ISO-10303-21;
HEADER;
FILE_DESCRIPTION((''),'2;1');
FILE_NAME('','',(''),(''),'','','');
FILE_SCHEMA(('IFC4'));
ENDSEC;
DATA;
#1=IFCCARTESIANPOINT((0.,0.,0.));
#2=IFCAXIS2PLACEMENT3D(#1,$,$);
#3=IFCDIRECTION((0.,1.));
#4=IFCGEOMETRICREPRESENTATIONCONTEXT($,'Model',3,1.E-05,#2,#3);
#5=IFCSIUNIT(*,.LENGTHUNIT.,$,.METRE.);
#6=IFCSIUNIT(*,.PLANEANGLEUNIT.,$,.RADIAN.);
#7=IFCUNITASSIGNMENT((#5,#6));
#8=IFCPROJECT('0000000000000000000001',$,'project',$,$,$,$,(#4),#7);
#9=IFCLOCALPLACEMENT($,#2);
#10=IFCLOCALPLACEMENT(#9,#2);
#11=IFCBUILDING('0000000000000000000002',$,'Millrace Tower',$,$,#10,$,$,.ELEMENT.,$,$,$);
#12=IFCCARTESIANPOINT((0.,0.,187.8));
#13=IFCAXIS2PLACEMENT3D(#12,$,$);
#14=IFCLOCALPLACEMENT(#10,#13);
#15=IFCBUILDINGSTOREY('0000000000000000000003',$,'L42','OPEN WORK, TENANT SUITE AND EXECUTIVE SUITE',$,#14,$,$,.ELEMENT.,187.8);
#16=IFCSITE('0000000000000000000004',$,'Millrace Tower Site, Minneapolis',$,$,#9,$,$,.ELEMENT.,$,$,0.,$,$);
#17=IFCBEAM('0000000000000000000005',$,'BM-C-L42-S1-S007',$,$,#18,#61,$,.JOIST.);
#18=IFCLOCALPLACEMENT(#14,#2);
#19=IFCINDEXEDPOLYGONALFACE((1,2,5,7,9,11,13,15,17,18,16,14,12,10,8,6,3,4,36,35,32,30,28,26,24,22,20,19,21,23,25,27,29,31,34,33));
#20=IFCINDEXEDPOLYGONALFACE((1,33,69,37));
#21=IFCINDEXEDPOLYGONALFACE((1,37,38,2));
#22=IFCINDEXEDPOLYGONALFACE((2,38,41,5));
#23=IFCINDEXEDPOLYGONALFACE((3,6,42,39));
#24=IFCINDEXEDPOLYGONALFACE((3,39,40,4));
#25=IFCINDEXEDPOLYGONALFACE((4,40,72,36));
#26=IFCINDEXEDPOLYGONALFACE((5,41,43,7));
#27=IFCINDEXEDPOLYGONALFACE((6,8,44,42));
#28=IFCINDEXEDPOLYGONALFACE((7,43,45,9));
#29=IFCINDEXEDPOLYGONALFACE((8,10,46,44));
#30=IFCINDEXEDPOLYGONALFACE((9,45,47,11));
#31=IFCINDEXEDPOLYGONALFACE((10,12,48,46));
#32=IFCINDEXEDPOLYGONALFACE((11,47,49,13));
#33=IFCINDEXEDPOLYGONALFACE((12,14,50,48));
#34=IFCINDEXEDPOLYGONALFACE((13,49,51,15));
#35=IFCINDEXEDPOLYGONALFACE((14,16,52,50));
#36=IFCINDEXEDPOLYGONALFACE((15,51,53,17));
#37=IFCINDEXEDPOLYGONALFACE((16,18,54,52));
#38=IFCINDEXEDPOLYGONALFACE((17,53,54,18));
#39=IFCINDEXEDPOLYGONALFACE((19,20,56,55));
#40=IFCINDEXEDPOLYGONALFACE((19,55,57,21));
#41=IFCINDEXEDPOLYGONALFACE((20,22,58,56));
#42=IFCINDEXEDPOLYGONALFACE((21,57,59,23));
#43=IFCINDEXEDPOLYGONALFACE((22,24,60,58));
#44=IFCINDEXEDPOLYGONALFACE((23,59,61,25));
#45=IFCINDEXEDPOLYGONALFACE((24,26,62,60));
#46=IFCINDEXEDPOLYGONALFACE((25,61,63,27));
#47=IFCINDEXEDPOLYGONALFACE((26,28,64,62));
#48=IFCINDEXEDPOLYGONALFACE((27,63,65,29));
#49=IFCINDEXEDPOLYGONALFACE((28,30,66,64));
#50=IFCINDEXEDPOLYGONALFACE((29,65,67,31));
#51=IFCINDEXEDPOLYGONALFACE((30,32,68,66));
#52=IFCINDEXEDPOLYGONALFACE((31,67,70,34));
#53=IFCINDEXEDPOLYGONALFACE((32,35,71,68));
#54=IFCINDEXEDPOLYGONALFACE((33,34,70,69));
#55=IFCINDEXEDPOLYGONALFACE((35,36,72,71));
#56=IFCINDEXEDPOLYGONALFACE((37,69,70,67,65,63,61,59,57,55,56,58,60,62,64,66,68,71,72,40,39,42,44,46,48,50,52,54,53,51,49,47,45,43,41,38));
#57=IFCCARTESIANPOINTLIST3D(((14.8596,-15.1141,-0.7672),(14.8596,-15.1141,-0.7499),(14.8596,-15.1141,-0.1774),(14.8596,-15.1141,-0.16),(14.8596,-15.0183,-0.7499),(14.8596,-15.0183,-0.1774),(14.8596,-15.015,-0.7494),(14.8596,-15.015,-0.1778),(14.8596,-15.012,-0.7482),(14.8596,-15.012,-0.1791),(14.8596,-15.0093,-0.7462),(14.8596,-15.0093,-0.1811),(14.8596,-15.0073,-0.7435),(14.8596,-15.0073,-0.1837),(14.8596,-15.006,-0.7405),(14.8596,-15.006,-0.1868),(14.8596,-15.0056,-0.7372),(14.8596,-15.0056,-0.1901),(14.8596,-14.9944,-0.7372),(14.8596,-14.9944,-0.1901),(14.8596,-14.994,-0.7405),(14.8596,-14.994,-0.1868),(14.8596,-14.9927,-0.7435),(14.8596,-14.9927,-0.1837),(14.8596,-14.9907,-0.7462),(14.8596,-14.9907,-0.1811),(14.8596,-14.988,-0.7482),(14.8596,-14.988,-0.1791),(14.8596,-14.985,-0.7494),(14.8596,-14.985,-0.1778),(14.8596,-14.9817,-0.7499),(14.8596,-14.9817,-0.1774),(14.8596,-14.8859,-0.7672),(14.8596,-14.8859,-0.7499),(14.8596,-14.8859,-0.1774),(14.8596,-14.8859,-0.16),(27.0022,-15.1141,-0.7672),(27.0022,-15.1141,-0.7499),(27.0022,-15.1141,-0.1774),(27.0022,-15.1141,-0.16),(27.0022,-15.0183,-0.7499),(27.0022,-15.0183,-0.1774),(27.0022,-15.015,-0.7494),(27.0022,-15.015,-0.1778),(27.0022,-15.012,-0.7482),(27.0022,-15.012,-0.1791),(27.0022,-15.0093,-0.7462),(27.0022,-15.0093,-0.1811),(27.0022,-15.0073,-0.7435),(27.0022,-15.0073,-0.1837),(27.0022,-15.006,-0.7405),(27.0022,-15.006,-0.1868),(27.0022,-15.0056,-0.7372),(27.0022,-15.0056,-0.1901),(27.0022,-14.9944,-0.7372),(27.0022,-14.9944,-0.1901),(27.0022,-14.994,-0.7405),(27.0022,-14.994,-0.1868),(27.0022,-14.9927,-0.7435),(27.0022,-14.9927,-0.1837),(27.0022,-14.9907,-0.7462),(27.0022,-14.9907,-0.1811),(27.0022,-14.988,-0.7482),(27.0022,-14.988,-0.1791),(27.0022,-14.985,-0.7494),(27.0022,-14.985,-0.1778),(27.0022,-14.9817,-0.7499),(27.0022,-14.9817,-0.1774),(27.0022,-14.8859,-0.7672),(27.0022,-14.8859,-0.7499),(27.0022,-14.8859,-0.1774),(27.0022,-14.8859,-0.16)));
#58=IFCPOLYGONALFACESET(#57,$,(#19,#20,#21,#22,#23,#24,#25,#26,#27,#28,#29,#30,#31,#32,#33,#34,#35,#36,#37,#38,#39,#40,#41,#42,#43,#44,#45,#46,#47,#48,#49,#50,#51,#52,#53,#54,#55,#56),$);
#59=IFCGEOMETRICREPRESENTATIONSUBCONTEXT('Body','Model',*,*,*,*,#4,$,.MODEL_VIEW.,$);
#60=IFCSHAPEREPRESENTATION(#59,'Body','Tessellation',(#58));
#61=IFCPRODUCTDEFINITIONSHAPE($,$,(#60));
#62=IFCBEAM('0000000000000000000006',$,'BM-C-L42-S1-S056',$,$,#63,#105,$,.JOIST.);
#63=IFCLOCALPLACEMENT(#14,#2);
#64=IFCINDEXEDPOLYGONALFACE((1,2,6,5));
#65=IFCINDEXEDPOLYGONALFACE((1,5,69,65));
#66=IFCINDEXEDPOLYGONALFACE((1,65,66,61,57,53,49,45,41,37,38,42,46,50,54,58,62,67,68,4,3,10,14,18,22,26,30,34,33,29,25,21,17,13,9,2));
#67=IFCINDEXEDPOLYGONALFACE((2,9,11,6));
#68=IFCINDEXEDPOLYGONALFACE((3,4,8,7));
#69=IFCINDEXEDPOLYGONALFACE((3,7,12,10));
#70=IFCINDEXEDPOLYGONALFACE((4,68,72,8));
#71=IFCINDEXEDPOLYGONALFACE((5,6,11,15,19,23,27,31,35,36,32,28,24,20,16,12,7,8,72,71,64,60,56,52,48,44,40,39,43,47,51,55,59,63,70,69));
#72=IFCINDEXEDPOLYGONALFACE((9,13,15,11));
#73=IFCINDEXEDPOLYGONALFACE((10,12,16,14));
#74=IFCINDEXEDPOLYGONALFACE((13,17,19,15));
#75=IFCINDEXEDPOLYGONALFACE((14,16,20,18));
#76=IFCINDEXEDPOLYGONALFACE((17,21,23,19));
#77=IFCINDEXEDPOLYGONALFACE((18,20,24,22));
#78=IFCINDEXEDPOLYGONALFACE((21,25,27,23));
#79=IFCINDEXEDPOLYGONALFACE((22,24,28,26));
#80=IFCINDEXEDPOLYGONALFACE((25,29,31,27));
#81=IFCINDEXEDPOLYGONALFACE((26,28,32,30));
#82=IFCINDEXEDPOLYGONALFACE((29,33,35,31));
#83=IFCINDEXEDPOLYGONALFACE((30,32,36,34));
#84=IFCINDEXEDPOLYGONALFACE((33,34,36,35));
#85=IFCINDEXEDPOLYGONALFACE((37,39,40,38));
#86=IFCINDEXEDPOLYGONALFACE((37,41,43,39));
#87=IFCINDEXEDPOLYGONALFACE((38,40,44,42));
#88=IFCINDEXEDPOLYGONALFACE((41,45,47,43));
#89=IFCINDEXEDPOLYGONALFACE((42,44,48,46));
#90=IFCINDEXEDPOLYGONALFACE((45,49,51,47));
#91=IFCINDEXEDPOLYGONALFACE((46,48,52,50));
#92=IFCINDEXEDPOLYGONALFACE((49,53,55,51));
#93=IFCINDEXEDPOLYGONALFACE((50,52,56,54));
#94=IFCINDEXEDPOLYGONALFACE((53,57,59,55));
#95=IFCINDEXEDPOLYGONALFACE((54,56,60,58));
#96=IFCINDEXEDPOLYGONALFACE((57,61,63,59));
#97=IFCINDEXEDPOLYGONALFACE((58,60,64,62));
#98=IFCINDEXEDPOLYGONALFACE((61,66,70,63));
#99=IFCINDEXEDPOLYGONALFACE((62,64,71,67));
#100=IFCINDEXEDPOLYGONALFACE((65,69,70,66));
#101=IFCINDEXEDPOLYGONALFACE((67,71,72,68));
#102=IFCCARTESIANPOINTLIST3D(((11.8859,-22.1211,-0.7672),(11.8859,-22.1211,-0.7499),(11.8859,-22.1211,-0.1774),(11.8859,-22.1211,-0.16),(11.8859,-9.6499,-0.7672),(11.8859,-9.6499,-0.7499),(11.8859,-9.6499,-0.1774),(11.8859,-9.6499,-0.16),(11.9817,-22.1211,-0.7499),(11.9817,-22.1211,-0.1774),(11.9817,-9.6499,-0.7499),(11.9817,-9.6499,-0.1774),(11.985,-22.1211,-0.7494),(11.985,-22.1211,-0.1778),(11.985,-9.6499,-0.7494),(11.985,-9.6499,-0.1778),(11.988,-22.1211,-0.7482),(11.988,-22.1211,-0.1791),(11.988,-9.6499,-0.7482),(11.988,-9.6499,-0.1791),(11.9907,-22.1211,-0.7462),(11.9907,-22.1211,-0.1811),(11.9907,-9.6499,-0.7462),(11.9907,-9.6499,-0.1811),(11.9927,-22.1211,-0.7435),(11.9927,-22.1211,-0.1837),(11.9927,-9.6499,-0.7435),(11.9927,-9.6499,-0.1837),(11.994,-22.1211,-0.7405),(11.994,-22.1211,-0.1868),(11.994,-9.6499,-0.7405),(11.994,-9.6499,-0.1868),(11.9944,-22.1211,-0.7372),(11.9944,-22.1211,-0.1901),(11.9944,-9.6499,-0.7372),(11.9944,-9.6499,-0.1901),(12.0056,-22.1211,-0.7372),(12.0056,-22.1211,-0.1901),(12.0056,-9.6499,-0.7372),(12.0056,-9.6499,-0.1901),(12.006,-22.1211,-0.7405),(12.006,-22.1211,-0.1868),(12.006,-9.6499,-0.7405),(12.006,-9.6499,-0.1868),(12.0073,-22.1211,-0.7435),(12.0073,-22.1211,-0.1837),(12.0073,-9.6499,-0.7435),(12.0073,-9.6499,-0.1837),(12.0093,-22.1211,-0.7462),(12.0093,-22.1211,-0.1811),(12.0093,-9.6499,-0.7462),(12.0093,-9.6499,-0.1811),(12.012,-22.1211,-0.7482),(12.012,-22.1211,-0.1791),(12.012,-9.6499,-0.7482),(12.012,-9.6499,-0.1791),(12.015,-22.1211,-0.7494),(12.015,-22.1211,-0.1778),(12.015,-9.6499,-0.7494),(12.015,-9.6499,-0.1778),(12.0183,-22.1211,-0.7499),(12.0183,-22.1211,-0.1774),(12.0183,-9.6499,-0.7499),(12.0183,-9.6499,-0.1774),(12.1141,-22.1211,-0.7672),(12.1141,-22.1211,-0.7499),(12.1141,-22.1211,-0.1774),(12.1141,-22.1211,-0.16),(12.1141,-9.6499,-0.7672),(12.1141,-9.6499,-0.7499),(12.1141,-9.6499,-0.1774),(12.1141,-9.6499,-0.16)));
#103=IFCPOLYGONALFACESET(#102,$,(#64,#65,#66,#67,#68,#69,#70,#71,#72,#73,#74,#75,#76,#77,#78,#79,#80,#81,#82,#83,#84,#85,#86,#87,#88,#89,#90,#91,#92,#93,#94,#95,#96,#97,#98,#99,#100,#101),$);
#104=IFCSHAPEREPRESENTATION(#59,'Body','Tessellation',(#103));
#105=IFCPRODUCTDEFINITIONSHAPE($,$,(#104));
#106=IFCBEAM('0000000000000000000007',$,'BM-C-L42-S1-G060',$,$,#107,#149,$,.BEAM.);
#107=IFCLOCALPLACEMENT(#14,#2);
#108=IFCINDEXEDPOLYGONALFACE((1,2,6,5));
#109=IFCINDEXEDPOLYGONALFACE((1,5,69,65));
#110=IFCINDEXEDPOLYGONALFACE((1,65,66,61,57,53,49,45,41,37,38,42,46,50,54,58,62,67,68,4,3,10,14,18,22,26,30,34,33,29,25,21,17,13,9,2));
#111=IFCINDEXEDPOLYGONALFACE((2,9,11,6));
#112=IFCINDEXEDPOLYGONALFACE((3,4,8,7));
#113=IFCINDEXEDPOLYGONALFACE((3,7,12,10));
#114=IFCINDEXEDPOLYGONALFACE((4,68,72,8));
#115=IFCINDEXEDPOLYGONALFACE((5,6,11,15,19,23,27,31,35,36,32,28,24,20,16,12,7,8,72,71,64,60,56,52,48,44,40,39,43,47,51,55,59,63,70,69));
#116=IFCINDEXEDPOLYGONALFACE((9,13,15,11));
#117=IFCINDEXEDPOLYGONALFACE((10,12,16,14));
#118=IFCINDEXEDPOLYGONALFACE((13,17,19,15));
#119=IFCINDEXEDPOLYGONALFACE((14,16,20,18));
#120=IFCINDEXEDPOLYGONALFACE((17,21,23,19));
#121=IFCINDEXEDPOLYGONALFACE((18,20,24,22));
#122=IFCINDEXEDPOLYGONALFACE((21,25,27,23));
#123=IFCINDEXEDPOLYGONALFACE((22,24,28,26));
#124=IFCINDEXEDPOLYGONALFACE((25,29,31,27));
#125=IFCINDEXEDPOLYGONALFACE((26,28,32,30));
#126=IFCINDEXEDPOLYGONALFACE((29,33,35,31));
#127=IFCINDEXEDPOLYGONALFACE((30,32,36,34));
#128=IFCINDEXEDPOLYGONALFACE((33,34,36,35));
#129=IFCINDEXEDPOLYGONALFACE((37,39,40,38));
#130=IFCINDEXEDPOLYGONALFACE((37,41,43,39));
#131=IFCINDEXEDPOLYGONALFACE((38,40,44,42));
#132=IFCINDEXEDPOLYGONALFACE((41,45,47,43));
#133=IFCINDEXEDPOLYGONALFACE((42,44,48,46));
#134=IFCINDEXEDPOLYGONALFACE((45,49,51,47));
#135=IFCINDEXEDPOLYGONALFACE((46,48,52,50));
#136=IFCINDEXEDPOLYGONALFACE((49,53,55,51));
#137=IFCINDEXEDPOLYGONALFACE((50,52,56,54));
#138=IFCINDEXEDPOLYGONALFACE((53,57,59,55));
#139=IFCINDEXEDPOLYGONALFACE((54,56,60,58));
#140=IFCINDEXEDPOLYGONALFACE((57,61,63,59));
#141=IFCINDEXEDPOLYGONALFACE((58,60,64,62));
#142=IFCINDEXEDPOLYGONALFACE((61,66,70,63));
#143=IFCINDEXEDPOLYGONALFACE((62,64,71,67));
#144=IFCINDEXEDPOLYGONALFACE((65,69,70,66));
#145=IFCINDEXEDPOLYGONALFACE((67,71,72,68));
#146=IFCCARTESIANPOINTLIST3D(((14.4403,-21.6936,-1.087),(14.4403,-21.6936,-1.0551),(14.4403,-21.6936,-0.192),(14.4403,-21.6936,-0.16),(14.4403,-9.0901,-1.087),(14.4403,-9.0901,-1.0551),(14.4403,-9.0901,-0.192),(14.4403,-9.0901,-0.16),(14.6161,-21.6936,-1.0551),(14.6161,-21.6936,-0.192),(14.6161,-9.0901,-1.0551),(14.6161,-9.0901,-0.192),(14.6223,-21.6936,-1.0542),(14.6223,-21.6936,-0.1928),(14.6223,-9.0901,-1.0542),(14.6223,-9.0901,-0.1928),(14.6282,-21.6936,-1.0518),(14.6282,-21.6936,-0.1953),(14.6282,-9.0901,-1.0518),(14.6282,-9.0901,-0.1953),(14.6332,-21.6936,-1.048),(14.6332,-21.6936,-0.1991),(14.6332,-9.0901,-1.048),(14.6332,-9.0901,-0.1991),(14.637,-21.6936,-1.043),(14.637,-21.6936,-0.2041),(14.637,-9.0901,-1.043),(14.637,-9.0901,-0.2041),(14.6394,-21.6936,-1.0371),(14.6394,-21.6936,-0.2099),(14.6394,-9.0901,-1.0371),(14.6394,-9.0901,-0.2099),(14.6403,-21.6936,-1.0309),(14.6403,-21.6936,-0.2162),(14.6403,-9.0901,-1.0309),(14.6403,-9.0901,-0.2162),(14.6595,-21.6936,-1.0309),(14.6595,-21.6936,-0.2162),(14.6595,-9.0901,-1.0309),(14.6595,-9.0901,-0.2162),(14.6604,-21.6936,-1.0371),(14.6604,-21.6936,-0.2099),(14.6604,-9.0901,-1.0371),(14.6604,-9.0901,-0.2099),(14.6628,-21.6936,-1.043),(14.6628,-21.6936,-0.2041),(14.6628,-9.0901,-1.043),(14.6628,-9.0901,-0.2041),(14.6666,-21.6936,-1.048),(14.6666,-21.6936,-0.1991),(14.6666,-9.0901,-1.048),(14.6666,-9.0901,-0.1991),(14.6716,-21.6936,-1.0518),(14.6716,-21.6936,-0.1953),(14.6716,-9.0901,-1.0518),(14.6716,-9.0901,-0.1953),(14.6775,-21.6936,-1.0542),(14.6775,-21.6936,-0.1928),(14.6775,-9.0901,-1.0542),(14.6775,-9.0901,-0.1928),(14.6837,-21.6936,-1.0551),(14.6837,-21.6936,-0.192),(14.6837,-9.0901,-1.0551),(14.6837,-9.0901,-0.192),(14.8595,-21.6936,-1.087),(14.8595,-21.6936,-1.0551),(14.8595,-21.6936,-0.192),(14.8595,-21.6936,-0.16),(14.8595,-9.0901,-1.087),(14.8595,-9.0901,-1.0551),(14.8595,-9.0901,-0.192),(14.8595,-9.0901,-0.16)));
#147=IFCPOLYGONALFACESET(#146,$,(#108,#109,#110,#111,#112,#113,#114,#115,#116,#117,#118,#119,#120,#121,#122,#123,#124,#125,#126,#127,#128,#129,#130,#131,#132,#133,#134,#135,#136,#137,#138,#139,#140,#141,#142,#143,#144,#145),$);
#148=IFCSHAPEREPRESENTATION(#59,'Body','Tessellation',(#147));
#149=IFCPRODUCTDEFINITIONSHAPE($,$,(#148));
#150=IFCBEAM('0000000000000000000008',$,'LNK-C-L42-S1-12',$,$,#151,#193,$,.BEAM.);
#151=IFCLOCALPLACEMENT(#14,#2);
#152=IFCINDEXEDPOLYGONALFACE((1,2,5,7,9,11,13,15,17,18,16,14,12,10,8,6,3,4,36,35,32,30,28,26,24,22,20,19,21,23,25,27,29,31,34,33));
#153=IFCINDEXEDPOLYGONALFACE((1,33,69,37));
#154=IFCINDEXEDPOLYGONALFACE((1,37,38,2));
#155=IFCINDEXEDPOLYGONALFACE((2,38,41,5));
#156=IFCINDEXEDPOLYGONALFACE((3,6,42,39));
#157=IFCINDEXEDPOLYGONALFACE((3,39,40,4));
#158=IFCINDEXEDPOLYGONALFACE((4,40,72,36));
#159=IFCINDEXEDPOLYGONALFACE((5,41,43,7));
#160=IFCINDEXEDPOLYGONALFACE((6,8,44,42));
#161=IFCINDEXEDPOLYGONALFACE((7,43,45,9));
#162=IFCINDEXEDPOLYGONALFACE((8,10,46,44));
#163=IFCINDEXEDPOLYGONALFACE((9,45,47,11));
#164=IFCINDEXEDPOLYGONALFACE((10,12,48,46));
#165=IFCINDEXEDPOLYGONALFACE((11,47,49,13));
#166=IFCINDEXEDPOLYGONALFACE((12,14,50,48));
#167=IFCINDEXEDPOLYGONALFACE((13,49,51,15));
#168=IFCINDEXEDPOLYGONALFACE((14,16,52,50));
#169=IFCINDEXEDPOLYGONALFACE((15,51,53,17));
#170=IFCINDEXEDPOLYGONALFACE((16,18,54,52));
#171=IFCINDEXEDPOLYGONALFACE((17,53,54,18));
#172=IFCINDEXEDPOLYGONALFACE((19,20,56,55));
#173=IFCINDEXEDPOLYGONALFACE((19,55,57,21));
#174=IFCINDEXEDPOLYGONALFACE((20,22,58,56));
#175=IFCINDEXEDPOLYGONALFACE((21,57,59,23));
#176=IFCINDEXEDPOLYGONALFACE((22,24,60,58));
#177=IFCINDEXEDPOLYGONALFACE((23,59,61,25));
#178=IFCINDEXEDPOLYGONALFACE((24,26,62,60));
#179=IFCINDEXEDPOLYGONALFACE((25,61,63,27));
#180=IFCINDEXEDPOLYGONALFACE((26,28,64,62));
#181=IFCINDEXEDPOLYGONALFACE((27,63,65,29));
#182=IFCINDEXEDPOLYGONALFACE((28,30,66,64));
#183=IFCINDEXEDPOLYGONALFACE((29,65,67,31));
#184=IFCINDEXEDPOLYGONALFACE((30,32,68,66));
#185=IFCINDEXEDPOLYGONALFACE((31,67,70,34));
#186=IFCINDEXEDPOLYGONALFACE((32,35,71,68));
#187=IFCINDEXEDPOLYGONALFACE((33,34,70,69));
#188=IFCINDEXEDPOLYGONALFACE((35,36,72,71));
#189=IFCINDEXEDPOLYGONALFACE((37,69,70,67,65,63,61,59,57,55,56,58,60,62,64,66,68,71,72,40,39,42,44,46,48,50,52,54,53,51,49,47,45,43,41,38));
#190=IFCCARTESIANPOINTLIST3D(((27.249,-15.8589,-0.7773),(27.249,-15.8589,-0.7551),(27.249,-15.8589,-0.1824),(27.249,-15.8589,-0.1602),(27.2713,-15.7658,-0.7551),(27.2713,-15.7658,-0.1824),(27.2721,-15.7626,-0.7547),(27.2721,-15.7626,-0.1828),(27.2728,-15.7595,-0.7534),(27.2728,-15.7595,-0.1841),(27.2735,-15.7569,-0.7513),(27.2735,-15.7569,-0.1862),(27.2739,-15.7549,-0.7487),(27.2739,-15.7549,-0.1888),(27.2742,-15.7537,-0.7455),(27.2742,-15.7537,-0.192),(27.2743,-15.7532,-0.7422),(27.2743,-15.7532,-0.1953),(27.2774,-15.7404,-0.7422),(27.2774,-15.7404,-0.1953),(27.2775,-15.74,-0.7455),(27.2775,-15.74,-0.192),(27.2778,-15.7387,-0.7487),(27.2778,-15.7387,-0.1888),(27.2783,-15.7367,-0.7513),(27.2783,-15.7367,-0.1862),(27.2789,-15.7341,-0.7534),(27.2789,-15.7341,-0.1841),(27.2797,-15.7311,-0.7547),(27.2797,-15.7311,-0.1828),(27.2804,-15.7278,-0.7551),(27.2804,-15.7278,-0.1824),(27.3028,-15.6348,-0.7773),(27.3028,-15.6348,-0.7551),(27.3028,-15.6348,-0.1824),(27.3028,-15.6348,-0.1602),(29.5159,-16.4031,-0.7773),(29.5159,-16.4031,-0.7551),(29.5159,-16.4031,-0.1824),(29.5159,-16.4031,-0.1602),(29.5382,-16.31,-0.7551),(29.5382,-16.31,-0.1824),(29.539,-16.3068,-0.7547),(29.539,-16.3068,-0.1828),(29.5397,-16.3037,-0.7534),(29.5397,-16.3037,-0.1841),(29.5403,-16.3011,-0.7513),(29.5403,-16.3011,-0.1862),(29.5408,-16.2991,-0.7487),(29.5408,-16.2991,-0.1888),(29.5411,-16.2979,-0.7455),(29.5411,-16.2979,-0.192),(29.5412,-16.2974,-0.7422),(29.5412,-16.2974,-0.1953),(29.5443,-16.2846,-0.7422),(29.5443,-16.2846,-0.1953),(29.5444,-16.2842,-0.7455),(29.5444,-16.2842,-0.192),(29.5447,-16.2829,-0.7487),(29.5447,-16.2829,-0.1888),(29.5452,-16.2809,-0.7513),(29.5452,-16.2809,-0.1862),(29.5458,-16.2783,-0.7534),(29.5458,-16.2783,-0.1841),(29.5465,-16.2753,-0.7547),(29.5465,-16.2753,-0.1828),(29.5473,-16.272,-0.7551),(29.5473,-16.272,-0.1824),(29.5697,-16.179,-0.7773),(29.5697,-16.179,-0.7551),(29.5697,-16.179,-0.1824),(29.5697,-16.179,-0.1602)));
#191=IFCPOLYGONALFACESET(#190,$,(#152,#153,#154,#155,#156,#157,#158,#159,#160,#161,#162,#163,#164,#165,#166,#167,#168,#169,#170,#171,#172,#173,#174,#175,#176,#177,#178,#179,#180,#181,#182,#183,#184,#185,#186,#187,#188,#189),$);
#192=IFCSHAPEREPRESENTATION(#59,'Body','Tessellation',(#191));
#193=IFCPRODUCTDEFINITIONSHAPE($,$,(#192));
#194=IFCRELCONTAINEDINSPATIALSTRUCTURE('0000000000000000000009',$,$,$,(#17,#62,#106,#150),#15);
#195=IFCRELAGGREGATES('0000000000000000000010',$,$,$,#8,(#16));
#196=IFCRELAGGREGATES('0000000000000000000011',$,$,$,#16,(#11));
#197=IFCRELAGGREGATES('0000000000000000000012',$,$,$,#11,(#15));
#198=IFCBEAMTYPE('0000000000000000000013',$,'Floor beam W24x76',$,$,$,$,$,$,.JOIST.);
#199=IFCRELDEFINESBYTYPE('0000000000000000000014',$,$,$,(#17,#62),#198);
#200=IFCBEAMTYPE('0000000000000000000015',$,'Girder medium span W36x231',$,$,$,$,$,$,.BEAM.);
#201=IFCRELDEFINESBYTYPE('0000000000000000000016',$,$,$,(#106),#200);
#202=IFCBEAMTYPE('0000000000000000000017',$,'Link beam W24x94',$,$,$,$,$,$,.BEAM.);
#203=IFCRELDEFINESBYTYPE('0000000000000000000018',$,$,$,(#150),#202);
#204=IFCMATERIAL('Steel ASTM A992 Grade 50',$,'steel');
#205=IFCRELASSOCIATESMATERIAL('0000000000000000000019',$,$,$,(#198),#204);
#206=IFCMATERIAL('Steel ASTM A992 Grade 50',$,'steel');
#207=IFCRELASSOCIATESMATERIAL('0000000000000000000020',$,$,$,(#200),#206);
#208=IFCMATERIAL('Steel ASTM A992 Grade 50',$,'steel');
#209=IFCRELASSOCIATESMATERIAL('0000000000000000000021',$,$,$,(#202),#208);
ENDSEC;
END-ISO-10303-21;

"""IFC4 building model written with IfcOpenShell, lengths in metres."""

from ifc_helpers import new_model, si_unit, direction, frame, origin, origin_2d, place, context, subcontext, project, spatial, i_section, extrude, material, material_profile, profile_set, type_object, element, save


model = new_model("IFC4")

# Units and contexts
model_context = context("Model", 3, precision=1e-05, world=origin(), true_north=direction((0.0, 1.0)))
body_context = subcontext(model_context, "Body", "Model", "MODEL_VIEW")
ifc_project = project(units=[si_unit("LENGTHUNIT", "METRE"), si_unit("PLANEANGLEUNIT", "RADIAN")], contexts=[model_context])

# Site, building, storey
site_placement = place(None, origin())
site = spatial("IfcSite", under=ifc_project, at=site_placement, Name="Millrace Tower Site, Minneapolis", CompositionType="ELEMENT", RefElevation=0.0)
building_placement = place(site_placement, origin())
building = spatial("IfcBuilding", under=site, at=building_placement, Name="Millrace Tower", CompositionType="ELEMENT")
storey_placement = place(building_placement, frame((0.0, 0.0, 187.8)))
storey = spatial("IfcBuildingStorey", under=building, at=storey_placement, Name="L42", Description="OPEN WORK, TENANT SUITE AND EXECUTIVE SUITE", CompositionType="ELEMENT", Elevation=187.8)

# Beams
ifc_material_1 = material(Name="Steel ASTM A992 Grade 50", Category="steel")
ifc_material_profile_1 = material_profile(ifc_material_1, i_section(OverallWidth=0.2283, OverallDepth=0.6072, WebThickness=0.0112, FlangeThickness=0.0173, FilletRadius=0.0127, at=origin_2d()))
ifc_profile_set_1 = profile_set([ifc_material_profile_1], Name="Steel ASTM A992 Grade 50")
beam_type_1 = type_object("IfcBeamType", Name="Floor beam W24x76", PredefinedType="JOIST", material=ifc_profile_set_1)
beam_1_placement = place(storey_placement, frame((14.8596, -15.0, -0.4636), z_axis=(1.0, 0.0, 0.0), x_axis=(0.0, 1.0, 0.0)))
element("IfcBeam", 1, at=beam_1_placement, inside=storey, type_object=beam_type_1, Name="BM-C-L42-S1-S007", PredefinedType="JOIST", context=body_context, shape_type="SweptSolid", body=[
    extrude(i_section(OverallWidth=0.2283, OverallDepth=0.6072, WebThickness=0.0112, FlangeThickness=0.0173, FilletRadius=0.0127, at=origin_2d()), origin(), (0.0, 0.0, 1.0), 12.1426),
])
beam_2_placement = place(storey_placement, frame((12.0, -22.1211, -0.4636), z_axis=(0.0, 1.0, 0.0), x_axis=(-1.0, 0.0, 0.0)))
element("IfcBeam", 2, at=beam_2_placement, inside=storey, type_object=beam_type_1, Name="BM-C-L42-S1-S056", PredefinedType="JOIST", context=body_context, shape_type="SweptSolid", body=[
    extrude(i_section(OverallWidth=0.2283, OverallDepth=0.6072, WebThickness=0.0112, FlangeThickness=0.0173, FilletRadius=0.0127, at=origin_2d()), origin(), (0.0, 0.0, 1.0), 12.4712),
])
ifc_material_2 = material(Name="Steel ASTM A992 Grade 50", Category="steel")
ifc_material_profile_2 = material_profile(ifc_material_2, i_section(OverallWidth=0.4192, OverallDepth=0.927, WebThickness=0.0193, FlangeThickness=0.032, FilletRadius=0.0242, at=origin_2d()))
ifc_profile_set_2 = profile_set([ifc_material_profile_2], Name="Steel ASTM A992 Grade 50")
beam_type_2 = type_object("IfcBeamType", Name="Girder medium span W36x231", PredefinedType="BEAM", material=ifc_profile_set_2)
beam_3_placement = place(storey_placement, frame((14.6499, -21.6936, -0.6235), z_axis=(0.0, 1.0, 0.0), x_axis=(-1.0, 0.0, 0.0)))
element("IfcBeam", 3, at=beam_3_placement, inside=storey, type_object=beam_type_2, Name="BM-C-L42-S1-G060", PredefinedType="BEAM", context=body_context, shape_type="SweptSolid", body=[
    extrude(i_section(OverallWidth=0.4192, OverallDepth=0.927, WebThickness=0.0193, FlangeThickness=0.032, FilletRadius=0.0242, at=origin_2d()), origin(), (0.0, 0.0, 1.0), 12.6035),
])
ifc_material_3 = material(Name="Steel ASTM A992 Grade 50", Category="steel")
ifc_material_profile_3 = material_profile(ifc_material_3, i_section(OverallWidth=0.2305, OverallDepth=0.6172, WebThickness=0.0132, FlangeThickness=0.0222, FilletRadius=0.0129, at=origin_2d()))
ifc_profile_set_3 = profile_set([ifc_material_profile_3], Name="Steel ASTM A992 Grade 50")
beam_type_3 = type_object("IfcBeamType", Name="Link beam W24x94", PredefinedType="BEAM", material=ifc_profile_set_3)
beam_4_placement = place(storey_placement, frame((27.2759, -15.7468, -0.4688), z_axis=(0.972373, -0.233432, 0.0), x_axis=(0.233432, 0.972373, 0.0)))
element("IfcBeam", 4, at=beam_4_placement, inside=storey, type_object=beam_type_3, Name="LNK-C-L42-S1-12", PredefinedType="BEAM", context=body_context, shape_type="SweptSolid", body=[
    extrude(i_section(OverallWidth=0.2305, OverallDepth=0.6172, WebThickness=0.0132, FlangeThickness=0.0222, FilletRadius=0.0129, at=origin_2d()), origin(), (0.0, 0.0, 1.0), 2.3313),
])

save(model, "model.ifc")
